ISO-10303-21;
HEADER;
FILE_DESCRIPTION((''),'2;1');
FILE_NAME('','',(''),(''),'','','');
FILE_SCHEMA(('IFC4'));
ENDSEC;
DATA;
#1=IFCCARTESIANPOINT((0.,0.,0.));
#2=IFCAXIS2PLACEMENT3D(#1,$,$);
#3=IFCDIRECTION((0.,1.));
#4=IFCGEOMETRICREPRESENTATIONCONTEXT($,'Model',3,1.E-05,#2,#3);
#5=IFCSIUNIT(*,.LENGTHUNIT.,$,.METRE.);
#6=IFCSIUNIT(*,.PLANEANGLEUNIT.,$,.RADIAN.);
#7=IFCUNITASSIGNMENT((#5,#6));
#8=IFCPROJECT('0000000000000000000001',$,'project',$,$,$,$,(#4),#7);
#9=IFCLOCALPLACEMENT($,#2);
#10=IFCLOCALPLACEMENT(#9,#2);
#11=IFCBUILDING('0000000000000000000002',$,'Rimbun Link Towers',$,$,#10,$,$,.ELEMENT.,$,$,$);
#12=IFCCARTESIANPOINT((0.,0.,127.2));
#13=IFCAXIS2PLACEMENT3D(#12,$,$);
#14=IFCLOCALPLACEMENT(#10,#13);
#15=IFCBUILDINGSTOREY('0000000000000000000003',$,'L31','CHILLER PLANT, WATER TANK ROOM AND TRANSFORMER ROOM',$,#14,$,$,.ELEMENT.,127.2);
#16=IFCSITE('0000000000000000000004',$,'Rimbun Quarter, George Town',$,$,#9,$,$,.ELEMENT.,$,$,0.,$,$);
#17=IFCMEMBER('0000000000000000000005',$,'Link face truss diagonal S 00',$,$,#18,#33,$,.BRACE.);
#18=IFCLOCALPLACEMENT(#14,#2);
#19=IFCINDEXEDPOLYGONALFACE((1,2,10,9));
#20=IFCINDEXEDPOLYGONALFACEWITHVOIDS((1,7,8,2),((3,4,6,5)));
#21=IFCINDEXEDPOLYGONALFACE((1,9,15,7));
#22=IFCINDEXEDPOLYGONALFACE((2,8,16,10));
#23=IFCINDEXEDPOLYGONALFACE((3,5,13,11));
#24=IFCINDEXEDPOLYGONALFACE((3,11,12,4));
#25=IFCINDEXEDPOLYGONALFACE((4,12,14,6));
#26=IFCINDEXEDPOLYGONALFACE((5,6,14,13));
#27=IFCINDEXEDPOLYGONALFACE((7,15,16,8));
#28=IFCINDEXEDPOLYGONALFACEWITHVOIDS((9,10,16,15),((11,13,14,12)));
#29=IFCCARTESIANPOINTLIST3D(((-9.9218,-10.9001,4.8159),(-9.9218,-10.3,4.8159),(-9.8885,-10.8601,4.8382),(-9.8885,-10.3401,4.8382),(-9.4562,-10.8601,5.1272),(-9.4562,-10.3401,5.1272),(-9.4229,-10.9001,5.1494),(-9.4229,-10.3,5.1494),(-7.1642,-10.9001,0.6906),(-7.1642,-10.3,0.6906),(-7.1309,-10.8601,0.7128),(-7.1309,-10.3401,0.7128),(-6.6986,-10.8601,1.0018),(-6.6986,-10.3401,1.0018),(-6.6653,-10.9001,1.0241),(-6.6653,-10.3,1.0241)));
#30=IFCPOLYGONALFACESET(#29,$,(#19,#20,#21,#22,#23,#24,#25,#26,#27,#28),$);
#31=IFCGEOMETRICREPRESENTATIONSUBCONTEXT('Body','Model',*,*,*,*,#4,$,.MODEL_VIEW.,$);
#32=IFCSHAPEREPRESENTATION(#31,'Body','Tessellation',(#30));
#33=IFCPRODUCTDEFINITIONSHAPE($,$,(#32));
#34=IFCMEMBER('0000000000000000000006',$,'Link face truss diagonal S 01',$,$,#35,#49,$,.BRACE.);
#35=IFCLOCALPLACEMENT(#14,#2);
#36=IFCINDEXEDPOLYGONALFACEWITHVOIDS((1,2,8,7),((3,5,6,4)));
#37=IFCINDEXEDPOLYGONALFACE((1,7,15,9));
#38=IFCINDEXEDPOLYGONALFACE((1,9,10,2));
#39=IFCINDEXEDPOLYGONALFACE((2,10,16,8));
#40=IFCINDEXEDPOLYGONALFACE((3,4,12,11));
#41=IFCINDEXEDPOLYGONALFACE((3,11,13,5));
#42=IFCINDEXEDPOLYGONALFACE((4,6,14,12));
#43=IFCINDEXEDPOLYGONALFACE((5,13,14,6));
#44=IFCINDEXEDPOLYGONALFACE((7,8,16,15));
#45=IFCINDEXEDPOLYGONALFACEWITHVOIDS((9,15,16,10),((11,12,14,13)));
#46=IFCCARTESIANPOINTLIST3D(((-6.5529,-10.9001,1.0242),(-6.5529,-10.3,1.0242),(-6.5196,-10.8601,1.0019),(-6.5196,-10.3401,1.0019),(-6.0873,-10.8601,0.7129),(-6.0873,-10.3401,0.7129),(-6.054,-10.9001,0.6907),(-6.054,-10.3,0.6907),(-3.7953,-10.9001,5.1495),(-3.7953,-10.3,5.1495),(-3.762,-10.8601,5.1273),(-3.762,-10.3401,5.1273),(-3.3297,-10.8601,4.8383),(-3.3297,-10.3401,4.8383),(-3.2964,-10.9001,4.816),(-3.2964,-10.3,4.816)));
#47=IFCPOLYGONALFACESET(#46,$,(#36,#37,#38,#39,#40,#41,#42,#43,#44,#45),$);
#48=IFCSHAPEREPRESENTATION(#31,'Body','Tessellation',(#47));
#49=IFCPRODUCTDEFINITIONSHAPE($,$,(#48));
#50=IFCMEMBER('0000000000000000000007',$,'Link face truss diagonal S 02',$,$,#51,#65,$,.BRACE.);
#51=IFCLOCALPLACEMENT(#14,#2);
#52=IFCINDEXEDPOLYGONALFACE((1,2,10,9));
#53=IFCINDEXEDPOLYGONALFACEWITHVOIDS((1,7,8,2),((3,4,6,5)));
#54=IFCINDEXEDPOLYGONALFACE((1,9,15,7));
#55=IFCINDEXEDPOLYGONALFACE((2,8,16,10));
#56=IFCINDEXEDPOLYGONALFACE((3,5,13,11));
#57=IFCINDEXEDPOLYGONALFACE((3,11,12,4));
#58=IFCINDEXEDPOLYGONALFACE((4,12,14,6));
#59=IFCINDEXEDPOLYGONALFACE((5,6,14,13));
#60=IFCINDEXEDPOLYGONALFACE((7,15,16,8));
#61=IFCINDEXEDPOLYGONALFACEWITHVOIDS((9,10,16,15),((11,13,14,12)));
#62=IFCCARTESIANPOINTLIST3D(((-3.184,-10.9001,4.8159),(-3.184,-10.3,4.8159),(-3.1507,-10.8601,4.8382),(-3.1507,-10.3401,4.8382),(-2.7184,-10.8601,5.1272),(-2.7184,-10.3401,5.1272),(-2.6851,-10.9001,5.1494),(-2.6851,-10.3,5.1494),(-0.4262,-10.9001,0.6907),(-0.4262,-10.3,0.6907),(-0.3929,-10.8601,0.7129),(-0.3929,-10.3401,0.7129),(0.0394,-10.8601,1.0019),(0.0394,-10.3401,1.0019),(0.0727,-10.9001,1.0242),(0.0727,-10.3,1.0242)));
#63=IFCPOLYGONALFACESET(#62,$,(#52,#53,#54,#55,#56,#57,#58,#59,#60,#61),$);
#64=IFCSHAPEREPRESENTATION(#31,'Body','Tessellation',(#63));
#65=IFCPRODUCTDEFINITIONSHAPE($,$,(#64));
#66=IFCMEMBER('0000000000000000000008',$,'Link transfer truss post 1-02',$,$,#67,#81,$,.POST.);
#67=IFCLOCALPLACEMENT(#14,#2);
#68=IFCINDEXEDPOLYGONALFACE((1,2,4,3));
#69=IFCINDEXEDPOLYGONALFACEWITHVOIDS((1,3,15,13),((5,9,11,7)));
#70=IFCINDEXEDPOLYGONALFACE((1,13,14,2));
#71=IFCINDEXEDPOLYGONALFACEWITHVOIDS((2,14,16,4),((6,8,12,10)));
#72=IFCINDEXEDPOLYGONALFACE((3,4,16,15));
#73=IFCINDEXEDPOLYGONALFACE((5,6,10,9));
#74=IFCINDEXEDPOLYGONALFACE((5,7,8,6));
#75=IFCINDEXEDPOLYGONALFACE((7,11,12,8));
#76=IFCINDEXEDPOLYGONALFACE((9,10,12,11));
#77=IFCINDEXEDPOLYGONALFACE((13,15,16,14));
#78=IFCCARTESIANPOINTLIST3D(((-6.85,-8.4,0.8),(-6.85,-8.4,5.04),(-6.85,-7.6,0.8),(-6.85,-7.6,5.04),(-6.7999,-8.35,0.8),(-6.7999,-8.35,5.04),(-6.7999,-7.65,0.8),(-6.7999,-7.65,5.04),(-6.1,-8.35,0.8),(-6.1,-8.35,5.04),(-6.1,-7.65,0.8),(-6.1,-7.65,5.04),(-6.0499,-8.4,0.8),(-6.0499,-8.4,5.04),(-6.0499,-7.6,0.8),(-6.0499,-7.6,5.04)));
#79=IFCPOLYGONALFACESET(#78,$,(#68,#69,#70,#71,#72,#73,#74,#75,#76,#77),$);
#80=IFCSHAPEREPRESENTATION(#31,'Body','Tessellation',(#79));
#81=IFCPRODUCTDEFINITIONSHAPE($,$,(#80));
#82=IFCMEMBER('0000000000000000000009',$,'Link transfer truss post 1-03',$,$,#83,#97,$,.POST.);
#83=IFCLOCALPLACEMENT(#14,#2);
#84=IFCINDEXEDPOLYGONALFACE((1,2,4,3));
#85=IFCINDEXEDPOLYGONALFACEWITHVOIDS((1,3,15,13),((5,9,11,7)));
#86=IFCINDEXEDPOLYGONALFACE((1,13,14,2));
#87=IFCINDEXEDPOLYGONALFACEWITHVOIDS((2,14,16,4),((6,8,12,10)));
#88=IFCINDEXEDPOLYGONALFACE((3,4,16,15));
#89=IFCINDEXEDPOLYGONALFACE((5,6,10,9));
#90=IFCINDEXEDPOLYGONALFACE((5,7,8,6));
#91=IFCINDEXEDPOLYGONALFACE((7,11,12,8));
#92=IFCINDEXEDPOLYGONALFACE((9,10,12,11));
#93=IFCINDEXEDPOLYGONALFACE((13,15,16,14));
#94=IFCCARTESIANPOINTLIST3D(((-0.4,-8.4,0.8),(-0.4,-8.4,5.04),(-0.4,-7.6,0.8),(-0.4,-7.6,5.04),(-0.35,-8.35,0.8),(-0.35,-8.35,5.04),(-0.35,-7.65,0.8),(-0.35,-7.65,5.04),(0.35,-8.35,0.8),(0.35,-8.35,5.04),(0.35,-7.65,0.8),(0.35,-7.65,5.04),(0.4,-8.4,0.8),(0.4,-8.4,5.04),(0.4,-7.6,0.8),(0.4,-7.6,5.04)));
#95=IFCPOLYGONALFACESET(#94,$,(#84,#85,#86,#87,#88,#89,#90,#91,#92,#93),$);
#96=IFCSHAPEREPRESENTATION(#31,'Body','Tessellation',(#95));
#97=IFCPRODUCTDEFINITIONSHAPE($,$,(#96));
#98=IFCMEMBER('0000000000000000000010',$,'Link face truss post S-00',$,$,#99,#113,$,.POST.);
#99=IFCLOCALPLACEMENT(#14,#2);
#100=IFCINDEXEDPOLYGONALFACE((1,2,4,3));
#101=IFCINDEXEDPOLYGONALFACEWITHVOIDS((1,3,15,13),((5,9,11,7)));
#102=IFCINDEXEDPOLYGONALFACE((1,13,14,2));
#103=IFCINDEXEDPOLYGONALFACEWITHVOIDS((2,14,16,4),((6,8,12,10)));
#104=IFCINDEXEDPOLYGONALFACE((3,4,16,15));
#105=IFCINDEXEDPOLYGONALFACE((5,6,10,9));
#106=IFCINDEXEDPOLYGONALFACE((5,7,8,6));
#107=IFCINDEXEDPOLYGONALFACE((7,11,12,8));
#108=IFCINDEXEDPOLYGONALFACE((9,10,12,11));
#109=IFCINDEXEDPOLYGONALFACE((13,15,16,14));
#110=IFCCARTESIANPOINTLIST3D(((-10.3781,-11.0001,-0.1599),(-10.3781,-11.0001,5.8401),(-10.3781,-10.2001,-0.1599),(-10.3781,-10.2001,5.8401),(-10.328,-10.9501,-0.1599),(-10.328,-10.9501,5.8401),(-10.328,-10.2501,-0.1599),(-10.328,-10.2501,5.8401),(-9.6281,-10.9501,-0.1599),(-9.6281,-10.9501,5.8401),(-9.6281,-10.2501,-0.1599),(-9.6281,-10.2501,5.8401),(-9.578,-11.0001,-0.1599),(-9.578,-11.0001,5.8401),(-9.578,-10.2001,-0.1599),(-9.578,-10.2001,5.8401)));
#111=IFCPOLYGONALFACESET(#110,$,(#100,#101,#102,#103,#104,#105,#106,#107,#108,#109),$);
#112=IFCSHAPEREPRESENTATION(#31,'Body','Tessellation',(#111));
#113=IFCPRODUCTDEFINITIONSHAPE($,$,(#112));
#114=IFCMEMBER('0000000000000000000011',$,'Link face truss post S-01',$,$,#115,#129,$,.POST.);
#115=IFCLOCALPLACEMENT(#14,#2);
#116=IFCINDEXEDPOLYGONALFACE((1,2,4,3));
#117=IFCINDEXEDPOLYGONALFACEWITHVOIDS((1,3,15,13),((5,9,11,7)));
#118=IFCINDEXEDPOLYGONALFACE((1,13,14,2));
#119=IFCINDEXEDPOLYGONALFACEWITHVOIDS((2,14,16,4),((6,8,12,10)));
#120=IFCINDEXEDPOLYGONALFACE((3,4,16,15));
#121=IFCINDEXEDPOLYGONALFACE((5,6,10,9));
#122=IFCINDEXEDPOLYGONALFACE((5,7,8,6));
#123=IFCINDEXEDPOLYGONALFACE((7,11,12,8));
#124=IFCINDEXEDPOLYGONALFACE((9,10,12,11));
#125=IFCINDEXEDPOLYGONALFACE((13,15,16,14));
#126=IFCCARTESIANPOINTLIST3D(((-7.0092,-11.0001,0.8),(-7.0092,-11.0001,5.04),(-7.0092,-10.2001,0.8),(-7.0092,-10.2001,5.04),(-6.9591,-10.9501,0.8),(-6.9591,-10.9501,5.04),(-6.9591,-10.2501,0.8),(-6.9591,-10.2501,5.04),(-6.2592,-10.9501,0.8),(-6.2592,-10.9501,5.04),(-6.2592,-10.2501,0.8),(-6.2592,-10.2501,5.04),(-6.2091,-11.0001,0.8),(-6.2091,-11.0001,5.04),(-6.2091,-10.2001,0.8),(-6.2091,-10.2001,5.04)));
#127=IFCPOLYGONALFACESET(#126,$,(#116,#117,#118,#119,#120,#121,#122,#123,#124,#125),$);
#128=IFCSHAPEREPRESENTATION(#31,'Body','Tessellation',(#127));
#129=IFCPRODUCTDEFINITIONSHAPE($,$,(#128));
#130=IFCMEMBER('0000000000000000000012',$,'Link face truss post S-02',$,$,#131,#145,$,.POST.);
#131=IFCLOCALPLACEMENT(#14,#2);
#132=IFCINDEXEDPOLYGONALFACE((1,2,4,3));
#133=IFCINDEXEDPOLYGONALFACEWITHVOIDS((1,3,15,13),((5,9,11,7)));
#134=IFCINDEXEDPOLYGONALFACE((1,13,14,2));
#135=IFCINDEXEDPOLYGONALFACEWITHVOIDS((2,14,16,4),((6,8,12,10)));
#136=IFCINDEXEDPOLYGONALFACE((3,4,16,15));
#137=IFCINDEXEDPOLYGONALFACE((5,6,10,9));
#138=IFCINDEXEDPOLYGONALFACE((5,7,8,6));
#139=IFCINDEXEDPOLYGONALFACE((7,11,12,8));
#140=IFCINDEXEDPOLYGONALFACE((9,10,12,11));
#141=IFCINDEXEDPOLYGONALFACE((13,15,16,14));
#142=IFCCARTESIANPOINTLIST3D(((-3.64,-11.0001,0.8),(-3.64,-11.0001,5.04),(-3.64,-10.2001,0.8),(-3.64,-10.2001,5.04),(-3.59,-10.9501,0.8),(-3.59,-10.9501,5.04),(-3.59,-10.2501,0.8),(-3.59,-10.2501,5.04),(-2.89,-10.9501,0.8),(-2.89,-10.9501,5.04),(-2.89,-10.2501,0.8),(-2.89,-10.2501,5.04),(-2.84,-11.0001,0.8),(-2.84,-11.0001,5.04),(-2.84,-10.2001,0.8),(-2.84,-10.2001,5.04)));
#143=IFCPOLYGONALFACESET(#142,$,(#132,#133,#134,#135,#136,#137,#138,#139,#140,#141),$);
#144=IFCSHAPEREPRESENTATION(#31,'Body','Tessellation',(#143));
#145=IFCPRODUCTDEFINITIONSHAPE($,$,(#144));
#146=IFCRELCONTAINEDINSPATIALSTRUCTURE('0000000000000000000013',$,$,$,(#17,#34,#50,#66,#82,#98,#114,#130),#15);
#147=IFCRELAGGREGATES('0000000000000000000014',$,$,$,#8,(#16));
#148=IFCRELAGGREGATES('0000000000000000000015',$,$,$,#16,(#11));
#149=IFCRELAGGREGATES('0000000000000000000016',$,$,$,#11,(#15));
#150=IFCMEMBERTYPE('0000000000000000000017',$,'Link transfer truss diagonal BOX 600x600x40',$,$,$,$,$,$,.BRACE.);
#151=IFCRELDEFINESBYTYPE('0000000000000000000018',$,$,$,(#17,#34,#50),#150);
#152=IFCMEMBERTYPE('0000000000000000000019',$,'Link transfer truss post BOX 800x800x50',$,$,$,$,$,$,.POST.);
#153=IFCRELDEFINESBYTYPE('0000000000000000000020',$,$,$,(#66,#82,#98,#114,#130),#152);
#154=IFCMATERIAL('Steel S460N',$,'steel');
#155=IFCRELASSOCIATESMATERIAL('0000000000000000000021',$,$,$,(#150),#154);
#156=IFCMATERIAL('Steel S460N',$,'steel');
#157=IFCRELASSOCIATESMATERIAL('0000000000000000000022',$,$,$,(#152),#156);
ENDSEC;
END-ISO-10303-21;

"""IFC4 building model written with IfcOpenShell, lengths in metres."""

from ifc_helpers import new_model, si_unit, direction, frame, origin, origin_2d, place, context, subcontext, project, spatial, hollow_rectangle, extrude, material, material_profile, profile_set, type_object, element, save


model = new_model("IFC4")

# Units and contexts
model_context = context("Model", 3, precision=1e-05, world=origin(), true_north=direction((0.0, 1.0)))
body_context = subcontext(model_context, "Body", "Model", "MODEL_VIEW")
ifc_project = project(units=[si_unit("LENGTHUNIT", "METRE"), si_unit("PLANEANGLEUNIT", "RADIAN")], contexts=[model_context])

# Site, building, storey
site_placement = place(None, origin())
site = spatial("IfcSite", under=ifc_project, at=site_placement, Name="Rimbun Quarter, George Town", CompositionType="ELEMENT", RefElevation=0.0)
building_placement = place(site_placement, origin())
building = spatial("IfcBuilding", under=site, at=building_placement, Name="Rimbun Link Towers", CompositionType="ELEMENT")
storey_placement = place(building_placement, frame((0.0, 0.0, 127.2)))
storey = spatial("IfcBuildingStorey", under=building, at=storey_placement, Name="L31", Description="CHILLER PLANT, WATER TANK ROOM AND TRANSFORMER ROOM", CompositionType="ELEMENT", Elevation=127.2)

# Members
ifc_material_1 = material(Name="Steel S460N", Category="steel")
ifc_material_profile_1 = material_profile(ifc_material_1, hollow_rectangle(XDim=0.6001, YDim=0.6001, WallThickness=0.04, at=origin_2d()), Name="Link transfer truss diagonal BOX 600x600x40")
ifc_profile_set_1 = profile_set([ifc_material_profile_1], Name="Steel S460N")
member_type_1 = type_object("IfcMemberType", Name="Link transfer truss diagonal BOX 600x600x40", PredefinedType="BRACE", material=ifc_profile_set_1)
for number, where, z_axis, x_axis, name in (
    (1, (-9.6724, -10.6001, 4.9827), (0.555733, 0.0, -0.831361), (0.0, 1.0, 0.0), "Link face truss diagonal S 00"),
    (2, (-6.3035, -10.6001, 0.8574), (0.555733, 0.0, 0.831361), (0.0, 1.0, 0.0), "Link face truss diagonal S 01"),
    (3, (-2.9346, -10.6001, 4.9827), (0.555767, 0.0, -0.831338), (0.0, 1.0, 0.0), "Link face truss diagonal S 02"),
):
    element("IfcMember", number, at=place(storey_placement, frame(where, z_axis=z_axis, x_axis=x_axis)), inside=storey, type_object=member_type_1, Name=name, PredefinedType="BRACE", context=body_context, shape_type="SweptSolid", body=[
        extrude(hollow_rectangle(XDim=0.6001, YDim=0.6001, WallThickness=0.04, at=origin_2d()), origin(), (0.0, 0.0, 1.0), 4.9622),
    ])
ifc_material_2 = material(Name="Steel S460N", Category="steel")
ifc_material_profile_2 = material_profile(ifc_material_2, hollow_rectangle(XDim=0.8, YDim=0.8, WallThickness=0.05, at=origin_2d()), Name="Link transfer truss post BOX 800x800x50")
ifc_profile_set_2 = profile_set([ifc_material_profile_2], Name="Steel S460N")
member_type_2 = type_object("IfcMemberType", Name="Link transfer truss post BOX 800x800x50", PredefinedType="POST", material=ifc_profile_set_2)
for number, where, z_axis, x_axis, name in (
    (4, (-6.45, -8.0, 0.8), (0.0, 0.0, 1.0), (1.0, 0.0, 0.0), "Link transfer truss post 1-02"),
    (5, (0.0, -8.0, 0.8), (0.0, 0.0, 1.0), (1.0, 0.0, 0.0), "Link transfer truss post 1-03"),
):
    element("IfcMember", number, at=place(storey_placement, frame(where, z_axis=z_axis, x_axis=x_axis)), inside=storey, type_object=member_type_2, Name=name, PredefinedType="POST", context=body_context, shape_type="SweptSolid", body=[
        extrude(hollow_rectangle(XDim=0.8, YDim=0.8, WallThickness=0.05, at=origin_2d()), origin(), (0.0, 0.0, 1.0), 4.24),
    ])
member_1_placement = place(storey_placement, frame((-9.978, -10.6001, -0.1599), z_axis=(0.0, 0.0, 1.0), x_axis=(1.0, 0.0, 0.0)))
element("IfcMember", 6, at=member_1_placement, inside=storey, type_object=member_type_2, Name="Link face truss post S-00", PredefinedType="POST", context=body_context, shape_type="SweptSolid", body=[
    extrude(hollow_rectangle(XDim=0.8, YDim=0.8, WallThickness=0.05, at=origin_2d()), origin(), (0.0, 0.0, 1.0), 6.0),
])
for number, where, z_axis, x_axis, name in (
    (7, (-6.6091, -10.6001, 0.8), (0.0, 0.0, 1.0), (1.0, 0.0, 0.0), "Link face truss post S-01"),
    (8, (-3.24, -10.6001, 0.8), (0.0, 0.0, 1.0), (1.0, 0.0, 0.0), "Link face truss post S-02"),
):
    element("IfcMember", number, at=place(storey_placement, frame(where, z_axis=z_axis, x_axis=x_axis)), inside=storey, type_object=member_type_2, Name=name, PredefinedType="POST", context=body_context, shape_type="SweptSolid", body=[
        extrude(hollow_rectangle(XDim=0.8, YDim=0.8, WallThickness=0.05, at=origin_2d()), origin(), (0.0, 0.0, 1.0), 4.24),
    ])

save(model, "model.ifc")
